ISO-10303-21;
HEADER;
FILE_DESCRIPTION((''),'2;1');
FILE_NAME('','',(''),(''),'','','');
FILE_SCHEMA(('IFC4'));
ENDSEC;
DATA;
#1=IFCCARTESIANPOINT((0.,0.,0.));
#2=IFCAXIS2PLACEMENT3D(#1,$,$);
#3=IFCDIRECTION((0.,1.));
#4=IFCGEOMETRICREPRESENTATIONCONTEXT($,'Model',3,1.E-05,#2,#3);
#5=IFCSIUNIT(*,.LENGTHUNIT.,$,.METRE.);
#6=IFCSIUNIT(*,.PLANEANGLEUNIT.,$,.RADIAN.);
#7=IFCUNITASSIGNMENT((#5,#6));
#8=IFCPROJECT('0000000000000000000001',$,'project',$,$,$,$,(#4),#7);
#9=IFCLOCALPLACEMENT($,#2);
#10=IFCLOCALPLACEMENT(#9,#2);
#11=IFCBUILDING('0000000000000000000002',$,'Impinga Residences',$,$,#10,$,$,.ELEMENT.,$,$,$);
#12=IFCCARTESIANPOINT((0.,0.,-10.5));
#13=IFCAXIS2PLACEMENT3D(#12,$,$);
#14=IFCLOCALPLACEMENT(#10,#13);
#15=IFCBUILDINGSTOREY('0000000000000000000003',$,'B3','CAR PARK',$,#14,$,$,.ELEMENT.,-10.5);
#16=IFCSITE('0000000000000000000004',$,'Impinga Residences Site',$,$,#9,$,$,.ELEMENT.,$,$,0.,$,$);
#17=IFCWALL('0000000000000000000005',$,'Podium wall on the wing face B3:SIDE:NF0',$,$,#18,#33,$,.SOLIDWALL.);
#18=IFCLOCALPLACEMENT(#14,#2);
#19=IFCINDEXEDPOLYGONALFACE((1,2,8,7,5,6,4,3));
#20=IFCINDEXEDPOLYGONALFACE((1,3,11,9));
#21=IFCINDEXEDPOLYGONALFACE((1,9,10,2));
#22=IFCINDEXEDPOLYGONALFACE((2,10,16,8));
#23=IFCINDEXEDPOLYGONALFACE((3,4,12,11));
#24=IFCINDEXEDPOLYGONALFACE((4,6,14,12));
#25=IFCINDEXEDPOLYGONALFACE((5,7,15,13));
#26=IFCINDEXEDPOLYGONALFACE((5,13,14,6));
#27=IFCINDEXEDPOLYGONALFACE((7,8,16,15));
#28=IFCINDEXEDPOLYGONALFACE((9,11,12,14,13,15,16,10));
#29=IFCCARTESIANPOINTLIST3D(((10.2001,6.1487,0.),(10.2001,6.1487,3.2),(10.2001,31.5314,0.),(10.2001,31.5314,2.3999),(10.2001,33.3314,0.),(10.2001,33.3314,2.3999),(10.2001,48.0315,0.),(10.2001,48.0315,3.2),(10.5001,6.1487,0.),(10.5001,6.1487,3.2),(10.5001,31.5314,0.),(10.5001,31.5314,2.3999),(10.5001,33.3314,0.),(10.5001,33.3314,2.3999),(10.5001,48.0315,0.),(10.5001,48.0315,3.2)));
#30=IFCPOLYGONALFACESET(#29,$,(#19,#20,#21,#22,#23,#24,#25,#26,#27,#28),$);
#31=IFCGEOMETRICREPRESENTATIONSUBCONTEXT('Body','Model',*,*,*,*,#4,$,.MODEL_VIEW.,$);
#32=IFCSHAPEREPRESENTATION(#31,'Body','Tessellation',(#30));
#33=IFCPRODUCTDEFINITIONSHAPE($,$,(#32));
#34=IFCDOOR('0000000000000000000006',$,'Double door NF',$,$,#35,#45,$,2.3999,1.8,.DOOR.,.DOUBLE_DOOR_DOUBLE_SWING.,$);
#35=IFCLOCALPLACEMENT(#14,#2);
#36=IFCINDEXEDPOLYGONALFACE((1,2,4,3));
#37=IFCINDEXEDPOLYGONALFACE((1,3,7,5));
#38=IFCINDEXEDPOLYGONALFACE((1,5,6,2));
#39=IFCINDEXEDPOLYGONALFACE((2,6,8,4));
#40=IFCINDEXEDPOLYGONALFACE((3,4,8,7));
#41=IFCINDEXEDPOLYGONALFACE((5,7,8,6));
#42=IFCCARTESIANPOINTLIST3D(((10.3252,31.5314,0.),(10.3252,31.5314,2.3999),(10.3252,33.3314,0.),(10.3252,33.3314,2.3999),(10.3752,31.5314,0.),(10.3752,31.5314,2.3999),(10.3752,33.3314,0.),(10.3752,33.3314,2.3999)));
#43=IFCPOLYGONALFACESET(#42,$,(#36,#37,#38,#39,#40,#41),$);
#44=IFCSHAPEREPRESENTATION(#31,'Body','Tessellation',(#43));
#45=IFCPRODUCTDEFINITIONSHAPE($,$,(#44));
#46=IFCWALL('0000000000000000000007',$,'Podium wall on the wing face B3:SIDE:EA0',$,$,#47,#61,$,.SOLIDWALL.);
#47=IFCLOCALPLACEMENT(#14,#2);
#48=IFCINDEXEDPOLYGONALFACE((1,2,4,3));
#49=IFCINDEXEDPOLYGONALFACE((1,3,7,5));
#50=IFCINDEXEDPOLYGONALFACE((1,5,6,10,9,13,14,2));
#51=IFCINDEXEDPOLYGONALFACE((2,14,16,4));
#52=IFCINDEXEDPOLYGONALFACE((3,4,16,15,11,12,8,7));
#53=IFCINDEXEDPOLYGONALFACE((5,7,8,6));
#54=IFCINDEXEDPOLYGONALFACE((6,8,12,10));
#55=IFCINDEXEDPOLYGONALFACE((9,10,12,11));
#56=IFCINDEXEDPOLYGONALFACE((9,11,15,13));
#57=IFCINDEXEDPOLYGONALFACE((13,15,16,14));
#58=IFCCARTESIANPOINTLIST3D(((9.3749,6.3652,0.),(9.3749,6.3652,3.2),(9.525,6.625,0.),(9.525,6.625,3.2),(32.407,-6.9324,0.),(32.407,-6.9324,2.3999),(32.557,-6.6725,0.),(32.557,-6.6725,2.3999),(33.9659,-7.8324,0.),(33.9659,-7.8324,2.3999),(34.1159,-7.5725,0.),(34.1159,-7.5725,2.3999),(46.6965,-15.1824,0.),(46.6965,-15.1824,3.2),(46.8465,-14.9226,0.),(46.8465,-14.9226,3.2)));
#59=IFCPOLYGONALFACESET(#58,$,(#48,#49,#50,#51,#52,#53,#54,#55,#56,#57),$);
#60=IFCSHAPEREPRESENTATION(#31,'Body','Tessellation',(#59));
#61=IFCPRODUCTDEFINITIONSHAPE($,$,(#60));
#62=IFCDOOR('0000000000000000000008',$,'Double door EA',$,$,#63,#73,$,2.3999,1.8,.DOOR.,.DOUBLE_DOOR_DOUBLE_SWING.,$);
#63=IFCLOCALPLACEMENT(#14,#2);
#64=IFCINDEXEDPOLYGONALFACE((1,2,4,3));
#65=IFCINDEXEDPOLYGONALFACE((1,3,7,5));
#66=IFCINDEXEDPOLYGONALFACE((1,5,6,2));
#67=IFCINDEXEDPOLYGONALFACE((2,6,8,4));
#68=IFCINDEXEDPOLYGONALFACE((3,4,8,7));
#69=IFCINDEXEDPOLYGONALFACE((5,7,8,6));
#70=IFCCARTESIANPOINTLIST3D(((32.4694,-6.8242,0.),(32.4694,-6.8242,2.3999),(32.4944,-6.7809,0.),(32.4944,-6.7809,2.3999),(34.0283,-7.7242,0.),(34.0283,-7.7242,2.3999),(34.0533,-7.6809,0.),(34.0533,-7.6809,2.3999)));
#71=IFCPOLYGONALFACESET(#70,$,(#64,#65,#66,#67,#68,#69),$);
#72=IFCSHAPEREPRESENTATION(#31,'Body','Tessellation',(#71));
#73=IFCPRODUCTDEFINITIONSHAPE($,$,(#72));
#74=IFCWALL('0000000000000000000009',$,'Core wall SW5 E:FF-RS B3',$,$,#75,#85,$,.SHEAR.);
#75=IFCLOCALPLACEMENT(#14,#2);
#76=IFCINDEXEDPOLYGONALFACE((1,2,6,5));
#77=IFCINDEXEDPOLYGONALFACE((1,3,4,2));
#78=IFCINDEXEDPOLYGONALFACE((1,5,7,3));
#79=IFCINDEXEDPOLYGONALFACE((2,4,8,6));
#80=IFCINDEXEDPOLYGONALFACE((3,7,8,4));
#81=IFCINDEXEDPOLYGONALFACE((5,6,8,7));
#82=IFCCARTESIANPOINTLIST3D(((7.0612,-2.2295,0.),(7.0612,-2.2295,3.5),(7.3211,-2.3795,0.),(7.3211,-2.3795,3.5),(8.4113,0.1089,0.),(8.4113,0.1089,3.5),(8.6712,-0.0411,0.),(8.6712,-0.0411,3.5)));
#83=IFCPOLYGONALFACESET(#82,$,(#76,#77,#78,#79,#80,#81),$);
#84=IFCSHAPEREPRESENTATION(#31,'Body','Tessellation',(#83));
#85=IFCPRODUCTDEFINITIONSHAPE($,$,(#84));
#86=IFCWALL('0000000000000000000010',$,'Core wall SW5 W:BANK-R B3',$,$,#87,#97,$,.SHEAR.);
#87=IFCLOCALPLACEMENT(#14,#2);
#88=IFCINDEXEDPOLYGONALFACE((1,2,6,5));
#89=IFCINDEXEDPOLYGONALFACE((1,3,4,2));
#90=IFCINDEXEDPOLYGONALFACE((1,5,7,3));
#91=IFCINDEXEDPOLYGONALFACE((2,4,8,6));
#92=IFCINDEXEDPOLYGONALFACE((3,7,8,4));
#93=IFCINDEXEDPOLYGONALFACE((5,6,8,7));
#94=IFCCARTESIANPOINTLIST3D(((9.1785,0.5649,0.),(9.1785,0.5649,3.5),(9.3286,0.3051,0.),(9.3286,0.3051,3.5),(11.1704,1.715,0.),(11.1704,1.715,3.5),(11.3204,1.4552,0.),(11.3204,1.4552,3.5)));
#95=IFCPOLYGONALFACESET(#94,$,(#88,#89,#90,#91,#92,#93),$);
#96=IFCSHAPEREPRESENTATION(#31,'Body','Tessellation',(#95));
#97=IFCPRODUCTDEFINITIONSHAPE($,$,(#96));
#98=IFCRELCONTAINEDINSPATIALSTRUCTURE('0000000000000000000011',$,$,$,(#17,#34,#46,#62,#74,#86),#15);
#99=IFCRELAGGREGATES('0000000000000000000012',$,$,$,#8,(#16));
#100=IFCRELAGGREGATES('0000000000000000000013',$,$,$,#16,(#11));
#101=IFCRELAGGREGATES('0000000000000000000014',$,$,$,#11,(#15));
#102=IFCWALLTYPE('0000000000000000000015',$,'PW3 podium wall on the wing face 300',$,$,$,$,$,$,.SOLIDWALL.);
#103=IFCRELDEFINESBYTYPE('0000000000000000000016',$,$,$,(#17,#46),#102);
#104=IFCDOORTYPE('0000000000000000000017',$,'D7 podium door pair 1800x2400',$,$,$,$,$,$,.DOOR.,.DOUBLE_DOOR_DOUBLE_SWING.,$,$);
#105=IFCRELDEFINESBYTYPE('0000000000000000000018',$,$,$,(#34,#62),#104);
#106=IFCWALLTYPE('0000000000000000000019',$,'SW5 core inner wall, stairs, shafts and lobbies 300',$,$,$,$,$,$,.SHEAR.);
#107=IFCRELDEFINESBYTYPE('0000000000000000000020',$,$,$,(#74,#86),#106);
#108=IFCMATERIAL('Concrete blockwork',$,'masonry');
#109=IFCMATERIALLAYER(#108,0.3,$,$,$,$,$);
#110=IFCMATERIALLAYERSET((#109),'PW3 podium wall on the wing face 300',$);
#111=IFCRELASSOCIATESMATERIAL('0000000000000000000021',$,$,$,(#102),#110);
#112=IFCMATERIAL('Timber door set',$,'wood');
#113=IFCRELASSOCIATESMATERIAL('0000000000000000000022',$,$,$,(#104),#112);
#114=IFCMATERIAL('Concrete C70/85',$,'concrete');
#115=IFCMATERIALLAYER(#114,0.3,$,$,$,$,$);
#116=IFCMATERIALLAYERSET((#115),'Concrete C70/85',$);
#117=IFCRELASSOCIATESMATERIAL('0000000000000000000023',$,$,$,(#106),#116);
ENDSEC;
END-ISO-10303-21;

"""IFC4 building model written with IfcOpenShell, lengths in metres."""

from ifc_helpers import new_model, si_unit, direction, frame, frame_2d, origin, place, context, subcontext, project, spatial, rectangle, extrude, material, layer, layer_set, type_object, element, fill, save


model = new_model("IFC4")

# Units and contexts
model_context = context("Model", 3, precision=1e-05, world=origin(), true_north=direction((0.0, 1.0)))
body_context = subcontext(model_context, "Body", "Model", "MODEL_VIEW")
ifc_project = project(units=[si_unit("LENGTHUNIT", "METRE"), si_unit("PLANEANGLEUNIT", "RADIAN")], contexts=[model_context])

# Site, building, storey
site_placement = place(None, origin())
site = spatial("IfcSite", under=ifc_project, at=site_placement, Name="Impinga Residences Site", CompositionType="ELEMENT", RefElevation=0.0)
building_placement = place(site_placement, origin())
building = spatial("IfcBuilding", under=site, at=building_placement, Name="Impinga Residences", CompositionType="ELEMENT")
storey_placement = place(building_placement, frame((0.0, 0.0, -10.5)))
storey = spatial("IfcBuildingStorey", under=building, at=storey_placement, Name="B3", Description="CAR PARK", CompositionType="ELEMENT", Elevation=-10.5)

# Shared definitions
ifc_material_1 = material(Name="Concrete C70/85", Category="concrete")

# Walls, openings, doors
ifc_material_2 = material(Name="Concrete blockwork", Category="masonry")
ifc_layer_1 = layer(ifc_material_2, 0.3)
ifc_layer_set_1 = layer_set([ifc_layer_1], Name="PW3 podium wall on the wing face 300")
wall_type_1 = type_object("IfcWallType", Name="PW3 podium wall on the wing face 300", PredefinedType="SOLIDWALL", material=ifc_layer_set_1)
wall_1_placement = place(storey_placement, frame((10.3501, 6.1487, 0.0), z_axis=(0.0, 0.0, 1.0), x_axis=(0.0, 1.0, 0.0)))
wall_1 = element("IfcWall", 1, at=wall_1_placement, inside=storey, type_object=wall_type_1, Name="Podium wall on the wing face B3:SIDE:NF0", PredefinedType="SOLIDWALL", context=body_context, shape_type="SweptSolid", body=[
    extrude(rectangle(XDim=41.8828, YDim=0.3, at=frame_2d((20.9414, 0.0))), origin(), (0.0, 0.0, 1.0), 3.2),
])
opening_1_placement = place(wall_1_placement, frame((25.3828, 0.0, 0.0)))
opening_1 = element("IfcOpeningElement", 2, at=opening_1_placement, cuts=wall_1, PredefinedType="OPENING", context=body_context, shape_type="SweptSolid", body=[
    extrude(rectangle(XDim=1.8, YDim=2.3999, at=frame_2d((0.8999, 1.2))), frame((0.0, 0.1599, 0.0), z_axis=(0.0, -1.0, 0.0), x_axis=(1.0, 0.0, 0.0)), (0.0, 0.0, 1.0), 0.3201),
])
ifc_material_3 = material(Name="Timber door set", Category="wood")
door_type = type_object("IfcDoorType", Name="D7 podium door pair 1800x2400", OperationType="DOUBLE_DOOR_DOUBLE_SWING", PredefinedType="DOOR", material=ifc_material_3)
door_1_placement = place(opening_1_placement, origin())
door_1 = element("IfcDoor", 3, at=door_1_placement, inside=storey, type_object=door_type, Name="Double door NF", OperationType="DOUBLE_DOOR_DOUBLE_SWING", OverallHeight=2.3999, OverallWidth=1.8, PredefinedType="DOOR", context=body_context, shape_type="SweptSolid", body=[
    extrude(rectangle(XDim=1.8, YDim=2.3999, at=frame_2d((0.8999, 1.2))), frame((0.0, 0.0249, 0.0), z_axis=(0.0, -1.0, 0.0), x_axis=(1.0, 0.0, 0.0)), (0.0, 0.0, 1.0), 0.05),
])
fill(opening_1, door_1)
wall_2_placement = place(storey_placement, frame((9.45, 6.4951, 0.0), z_axis=(0.0, 0.0, 1.0), x_axis=(0.866025, -0.5, 0.0)))
wall_2 = element("IfcWall", 4, at=wall_2_placement, inside=storey, type_object=wall_type_1, Name="Podium wall on the wing face B3:SIDE:EA0", PredefinedType="SOLIDWALL", context=body_context, shape_type="SweptSolid", body=[
    extrude(rectangle(XDim=43.0952, YDim=0.3, at=frame_2d((21.5476, 0.0))), origin(), (0.0, 0.0, 1.0), 3.2),
])
opening_2_placement = place(wall_2_placement, frame((26.5952, 0.0, 0.0)))
opening_2 = element("IfcOpeningElement", 5, at=opening_2_placement, cuts=wall_2, PredefinedType="OPENING", context=body_context, shape_type="SweptSolid", body=[
    extrude(rectangle(XDim=1.8, YDim=2.3999, at=frame_2d((0.8999, 1.2))), frame((0.0, 0.1599, 0.0), z_axis=(0.0, -1.0, 0.0), x_axis=(1.0, 0.0, 0.0)), (0.0, 0.0, 1.0), 0.3201),
])
door_2_placement = place(opening_2_placement, origin())
door_2 = element("IfcDoor", 6, at=door_2_placement, inside=storey, type_object=door_type, Name="Double door EA", OperationType="DOUBLE_DOOR_DOUBLE_SWING", OverallHeight=2.3999, OverallWidth=1.8, PredefinedType="DOOR", context=body_context, shape_type="SweptSolid", body=[
    extrude(rectangle(XDim=1.8, YDim=2.3999, at=frame_2d((0.8999, 1.2))), frame((0.0, 0.0249, 0.0), z_axis=(0.0, -1.0, 0.0), x_axis=(1.0, 0.0, 0.0)), (0.0, 0.0, 1.0), 0.05),
])
fill(opening_2, door_2)

# Walls
ifc_layer_2 = layer(ifc_material_1, 0.3)
ifc_layer_set_2 = layer_set([ifc_layer_2], Name="Concrete C70/85")
wall_type_2 = type_object("IfcWallType", Name="SW5 core inner wall, stairs, shafts and lobbies 300", PredefinedType="SHEAR", material=ifc_layer_set_2)
wall_3_placement = place(storey_placement, frame((8.5413, 0.0339, 0.0), z_axis=(0.0, 0.0, 1.0), x_axis=(-0.500009, -0.86602, 0.0)))
element("IfcWall", 7, at=wall_3_placement, inside=storey, type_object=wall_type_2, Name="Core wall SW5 E:FF-RS B3", PredefinedType="SHEAR", context=body_context, shape_type="SweptSolid", body=[
    extrude(rectangle(XDim=2.7002, YDim=0.3, at=frame_2d((1.3501, 0.0))), origin(), (0.0, 0.0, 1.0), 3.5),
])
wall_4_placement = place(storey_placement, frame((9.2537, 0.4351, 0.0), z_axis=(0.0, 0.0, 1.0), x_axis=(0.866007, 0.500032, 0.0)))
element("IfcWall", 8, at=wall_4_placement, inside=storey, type_object=wall_type_2, Name="Core wall SW5 W:BANK-R B3", PredefinedType="SHEAR", context=body_context, shape_type="SweptSolid", body=[
    extrude(rectangle(XDim=2.3, YDim=0.3, at=frame_2d((1.1499, 0.0))), origin(), (0.0, 0.0, 1.0), 3.5),
])

save(model, "model.ifc")
